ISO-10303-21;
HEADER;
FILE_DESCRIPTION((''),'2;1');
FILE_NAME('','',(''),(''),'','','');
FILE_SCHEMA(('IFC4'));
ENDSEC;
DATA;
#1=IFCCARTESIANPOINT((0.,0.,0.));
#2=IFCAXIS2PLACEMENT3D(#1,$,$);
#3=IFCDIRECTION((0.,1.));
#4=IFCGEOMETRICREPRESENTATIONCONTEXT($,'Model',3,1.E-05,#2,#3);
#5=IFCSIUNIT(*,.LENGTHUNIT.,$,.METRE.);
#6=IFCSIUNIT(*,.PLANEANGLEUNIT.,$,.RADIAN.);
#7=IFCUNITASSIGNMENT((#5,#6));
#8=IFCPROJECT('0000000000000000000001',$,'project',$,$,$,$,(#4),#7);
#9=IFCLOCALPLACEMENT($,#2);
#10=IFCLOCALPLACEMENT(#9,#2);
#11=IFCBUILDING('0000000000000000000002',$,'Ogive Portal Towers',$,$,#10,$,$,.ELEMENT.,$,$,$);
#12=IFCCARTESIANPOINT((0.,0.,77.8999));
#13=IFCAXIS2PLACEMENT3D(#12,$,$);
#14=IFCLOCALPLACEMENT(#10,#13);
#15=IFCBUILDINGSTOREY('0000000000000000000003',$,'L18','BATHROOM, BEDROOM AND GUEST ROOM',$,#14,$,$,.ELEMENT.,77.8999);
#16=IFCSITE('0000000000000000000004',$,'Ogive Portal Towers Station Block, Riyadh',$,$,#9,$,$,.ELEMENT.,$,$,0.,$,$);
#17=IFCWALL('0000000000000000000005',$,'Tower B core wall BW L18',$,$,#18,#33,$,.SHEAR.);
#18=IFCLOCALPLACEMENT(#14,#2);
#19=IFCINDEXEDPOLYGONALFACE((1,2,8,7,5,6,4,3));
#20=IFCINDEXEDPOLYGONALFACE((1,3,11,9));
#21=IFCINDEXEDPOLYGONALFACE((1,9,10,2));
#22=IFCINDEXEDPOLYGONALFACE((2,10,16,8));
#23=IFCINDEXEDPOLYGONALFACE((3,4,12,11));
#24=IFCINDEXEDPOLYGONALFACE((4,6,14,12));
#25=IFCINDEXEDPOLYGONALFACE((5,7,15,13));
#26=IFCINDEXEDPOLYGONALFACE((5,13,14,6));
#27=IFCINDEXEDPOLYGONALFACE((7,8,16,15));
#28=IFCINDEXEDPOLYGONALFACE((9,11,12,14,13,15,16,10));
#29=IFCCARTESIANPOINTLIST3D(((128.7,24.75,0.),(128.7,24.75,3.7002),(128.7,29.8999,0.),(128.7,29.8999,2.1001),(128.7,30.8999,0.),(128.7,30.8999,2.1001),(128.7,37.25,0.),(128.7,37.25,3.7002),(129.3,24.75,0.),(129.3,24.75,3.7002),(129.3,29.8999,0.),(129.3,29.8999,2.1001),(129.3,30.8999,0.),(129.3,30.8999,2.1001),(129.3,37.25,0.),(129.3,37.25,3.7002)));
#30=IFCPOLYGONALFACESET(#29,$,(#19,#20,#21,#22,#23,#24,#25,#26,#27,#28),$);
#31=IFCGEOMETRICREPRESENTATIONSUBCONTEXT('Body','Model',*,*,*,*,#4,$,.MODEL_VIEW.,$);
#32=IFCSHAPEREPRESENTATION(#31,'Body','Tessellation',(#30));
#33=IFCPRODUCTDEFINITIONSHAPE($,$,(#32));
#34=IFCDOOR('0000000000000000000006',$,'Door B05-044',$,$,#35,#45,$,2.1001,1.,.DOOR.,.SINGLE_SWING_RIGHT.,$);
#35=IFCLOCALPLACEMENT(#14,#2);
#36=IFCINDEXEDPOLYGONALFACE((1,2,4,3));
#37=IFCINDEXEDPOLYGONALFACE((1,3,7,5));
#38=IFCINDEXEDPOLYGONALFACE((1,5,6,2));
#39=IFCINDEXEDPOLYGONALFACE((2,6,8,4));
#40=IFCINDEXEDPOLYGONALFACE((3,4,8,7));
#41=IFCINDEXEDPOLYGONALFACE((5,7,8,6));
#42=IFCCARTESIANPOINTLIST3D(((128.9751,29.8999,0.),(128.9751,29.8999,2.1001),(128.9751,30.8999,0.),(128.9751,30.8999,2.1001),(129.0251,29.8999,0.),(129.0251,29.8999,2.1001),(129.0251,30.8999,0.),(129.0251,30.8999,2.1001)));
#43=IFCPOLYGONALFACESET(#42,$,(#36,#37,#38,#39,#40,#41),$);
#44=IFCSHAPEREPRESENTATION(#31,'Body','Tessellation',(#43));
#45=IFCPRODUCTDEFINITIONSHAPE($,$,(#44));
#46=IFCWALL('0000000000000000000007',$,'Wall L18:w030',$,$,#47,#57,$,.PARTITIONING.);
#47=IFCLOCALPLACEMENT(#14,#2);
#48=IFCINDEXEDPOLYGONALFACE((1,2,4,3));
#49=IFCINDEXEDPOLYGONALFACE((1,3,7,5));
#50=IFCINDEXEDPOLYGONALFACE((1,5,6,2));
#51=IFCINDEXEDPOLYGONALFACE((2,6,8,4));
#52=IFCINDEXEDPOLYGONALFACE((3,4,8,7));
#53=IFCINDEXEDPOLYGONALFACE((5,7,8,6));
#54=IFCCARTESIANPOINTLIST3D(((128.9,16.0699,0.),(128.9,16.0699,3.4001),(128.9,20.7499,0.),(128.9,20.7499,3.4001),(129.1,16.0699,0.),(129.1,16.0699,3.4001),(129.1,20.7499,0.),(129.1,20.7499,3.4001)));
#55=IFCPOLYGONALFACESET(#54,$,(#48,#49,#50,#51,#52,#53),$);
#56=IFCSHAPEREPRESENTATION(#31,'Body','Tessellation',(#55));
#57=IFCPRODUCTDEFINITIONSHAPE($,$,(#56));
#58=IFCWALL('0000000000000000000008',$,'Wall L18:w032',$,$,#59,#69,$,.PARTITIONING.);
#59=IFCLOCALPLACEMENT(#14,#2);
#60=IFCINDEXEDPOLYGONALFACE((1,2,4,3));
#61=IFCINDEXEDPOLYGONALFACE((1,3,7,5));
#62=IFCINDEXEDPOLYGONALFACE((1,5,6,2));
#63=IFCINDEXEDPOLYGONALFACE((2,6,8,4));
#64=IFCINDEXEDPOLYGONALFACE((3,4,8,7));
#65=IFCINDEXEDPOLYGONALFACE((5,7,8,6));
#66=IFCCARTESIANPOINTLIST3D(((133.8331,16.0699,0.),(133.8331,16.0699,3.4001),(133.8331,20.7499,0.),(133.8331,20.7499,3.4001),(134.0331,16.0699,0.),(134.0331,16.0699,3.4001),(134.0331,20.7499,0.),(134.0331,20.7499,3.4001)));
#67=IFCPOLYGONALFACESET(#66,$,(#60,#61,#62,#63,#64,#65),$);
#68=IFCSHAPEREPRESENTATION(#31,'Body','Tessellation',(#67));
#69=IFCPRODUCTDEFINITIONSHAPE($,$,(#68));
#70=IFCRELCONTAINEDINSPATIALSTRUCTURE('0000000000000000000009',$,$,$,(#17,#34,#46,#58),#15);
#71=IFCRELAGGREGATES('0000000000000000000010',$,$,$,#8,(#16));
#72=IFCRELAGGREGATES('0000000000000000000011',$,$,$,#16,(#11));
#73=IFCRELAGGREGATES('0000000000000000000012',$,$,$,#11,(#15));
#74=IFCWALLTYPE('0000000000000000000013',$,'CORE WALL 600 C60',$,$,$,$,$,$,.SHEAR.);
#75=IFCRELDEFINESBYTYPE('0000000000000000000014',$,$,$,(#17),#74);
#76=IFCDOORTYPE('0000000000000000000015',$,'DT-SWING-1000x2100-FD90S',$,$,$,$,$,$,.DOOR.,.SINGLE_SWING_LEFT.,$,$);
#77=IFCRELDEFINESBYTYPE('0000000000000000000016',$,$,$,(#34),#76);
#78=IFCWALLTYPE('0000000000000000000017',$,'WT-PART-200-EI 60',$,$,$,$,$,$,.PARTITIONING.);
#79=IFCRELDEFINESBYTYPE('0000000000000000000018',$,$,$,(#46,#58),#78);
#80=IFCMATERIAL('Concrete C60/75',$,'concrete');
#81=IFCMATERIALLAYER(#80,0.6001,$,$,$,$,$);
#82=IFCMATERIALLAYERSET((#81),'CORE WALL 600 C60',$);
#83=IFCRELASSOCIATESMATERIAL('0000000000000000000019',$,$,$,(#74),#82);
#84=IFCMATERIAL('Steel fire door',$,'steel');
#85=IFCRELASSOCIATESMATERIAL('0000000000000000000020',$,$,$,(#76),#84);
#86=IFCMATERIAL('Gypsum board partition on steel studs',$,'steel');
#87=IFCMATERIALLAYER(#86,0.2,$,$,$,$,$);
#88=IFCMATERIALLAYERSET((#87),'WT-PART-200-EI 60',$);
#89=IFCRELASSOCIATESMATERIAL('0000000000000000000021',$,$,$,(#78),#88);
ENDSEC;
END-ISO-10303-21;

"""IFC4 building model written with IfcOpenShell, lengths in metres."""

from ifc_helpers import new_model, si_unit, direction, frame, frame_2d, origin, place, context, subcontext, project, spatial, rectangle, extrude, material, layer, layer_set, type_object, element, fill, save


model = new_model("IFC4")

# Units and contexts
model_context = context("Model", 3, precision=1e-05, world=origin(), true_north=direction((0.0, 1.0)))
body_context = subcontext(model_context, "Body", "Model", "MODEL_VIEW")
ifc_project = project(units=[si_unit("LENGTHUNIT", "METRE"), si_unit("PLANEANGLEUNIT", "RADIAN")], contexts=[model_context])

# Site, building, storey
site_placement = place(None, origin())
site = spatial("IfcSite", under=ifc_project, at=site_placement, Name="Ogive Portal Towers Station Block, Riyadh", CompositionType="ELEMENT", RefElevation=0.0)
building_placement = place(site_placement, origin())
building = spatial("IfcBuilding", under=site, at=building_placement, Name="Ogive Portal Towers", CompositionType="ELEMENT")
storey_placement = place(building_placement, frame((0.0, 0.0, 77.8999)))
storey = spatial("IfcBuildingStorey", under=building, at=storey_placement, Name="L18", Description="BATHROOM, BEDROOM AND GUEST ROOM", CompositionType="ELEMENT", Elevation=77.8999)

# Shared definitions
ifc_material_1 = material(Name="Concrete C60/75", Category="concrete")
ifc_material_2 = material(Name="Steel fire door", Category="steel")

# Wall, opening, door
ifc_layer_1 = layer(ifc_material_1, 0.6001)
ifc_layer_set_1 = layer_set([ifc_layer_1], Name="CORE WALL 600 C60")
wall_type_1 = type_object("IfcWallType", Name="CORE WALL 600 C60", PredefinedType="SHEAR", material=ifc_layer_set_1)
wall_1_placement = place(storey_placement, frame((129.0, 24.75, 0.0), z_axis=(0.0, 0.0, 1.0), x_axis=(0.0, 1.0, 0.0)))
wall_1 = element("IfcWall", 1, at=wall_1_placement, inside=storey, type_object=wall_type_1, Name="Tower B core wall BW L18", PredefinedType="SHEAR", context=body_context, shape_type="SweptSolid", body=[
    extrude(rectangle(XDim=12.5, YDim=0.6001, at=frame_2d((6.25, 0.0))), origin(), (0.0, 0.0, 1.0), 3.7002),
])
opening_1_placement = place(wall_1_placement, frame((5.1499, 0.0, 0.0)))
opening_1 = element("IfcOpeningElement", 2, at=opening_1_placement, cuts=wall_1, PredefinedType="OPENING", context=body_context, shape_type="SweptSolid", body=[
    extrude(rectangle(XDim=1.0, YDim=2.1001, at=frame_2d((0.5, 1.05))), frame((0.0, 0.3101, 0.0), z_axis=(0.0, -1.0, 0.0), x_axis=(1.0, 0.0, 0.0)), (0.0, 0.0, 1.0), 0.6201),
])
door_type_1 = type_object("IfcDoorType", Name="DT-SWING-1000x2100-FD90S", OperationType="SINGLE_SWING_LEFT", PredefinedType="DOOR", material=ifc_material_2)
door_1_placement = place(opening_1_placement, origin())
door_1 = element("IfcDoor", 3, at=door_1_placement, inside=storey, type_object=door_type_1, Name="Door B05-044", OperationType="SINGLE_SWING_RIGHT", OverallHeight=2.1001, OverallWidth=1.0, PredefinedType="DOOR", context=body_context, shape_type="SweptSolid", body=[
    extrude(rectangle(XDim=1.0, YDim=2.1001, at=frame_2d((0.5, 1.05))), frame((0.0, 0.0249, 0.0), z_axis=(0.0, -1.0, 0.0), x_axis=(1.0, 0.0, 0.0)), (0.0, 0.0, 1.0), 0.05),
])
fill(opening_1, door_1)

# Walls
ifc_material_3 = material(Name="Gypsum board partition on steel studs", Category="steel")
ifc_layer_2 = layer(ifc_material_3, 0.2)
ifc_layer_set_2 = layer_set([ifc_layer_2], Name="WT-PART-200-EI 60")
wall_type_2 = type_object("IfcWallType", Name="WT-PART-200-EI 60", PredefinedType="PARTITIONING", material=ifc_layer_set_2)
for number, where, z_axis, x_axis, name in (
    (4, (129.0, 16.0701, 0.0), (0.0, 0.0, 1.0), (0.0, 1.0, 0.0), "Wall L18:w030"),
    (5, (133.9331, 16.0701, 0.0), (0.0, 0.0, 1.0), (0.0, 1.0, 0.0), "Wall L18:w032"),
):
    element("IfcWall", number, at=place(storey_placement, frame(where, z_axis=z_axis, x_axis=x_axis)), inside=storey, type_object=wall_type_2, Name=name, PredefinedType="PARTITIONING", context=body_context, shape_type="SweptSolid", body=[
        extrude(rectangle(XDim=4.6799, YDim=0.2, at=frame_2d((2.3398, 0.0))), origin(), (0.0, 0.0, 1.0), 3.4001),
    ])

save(model, "model.ifc")
